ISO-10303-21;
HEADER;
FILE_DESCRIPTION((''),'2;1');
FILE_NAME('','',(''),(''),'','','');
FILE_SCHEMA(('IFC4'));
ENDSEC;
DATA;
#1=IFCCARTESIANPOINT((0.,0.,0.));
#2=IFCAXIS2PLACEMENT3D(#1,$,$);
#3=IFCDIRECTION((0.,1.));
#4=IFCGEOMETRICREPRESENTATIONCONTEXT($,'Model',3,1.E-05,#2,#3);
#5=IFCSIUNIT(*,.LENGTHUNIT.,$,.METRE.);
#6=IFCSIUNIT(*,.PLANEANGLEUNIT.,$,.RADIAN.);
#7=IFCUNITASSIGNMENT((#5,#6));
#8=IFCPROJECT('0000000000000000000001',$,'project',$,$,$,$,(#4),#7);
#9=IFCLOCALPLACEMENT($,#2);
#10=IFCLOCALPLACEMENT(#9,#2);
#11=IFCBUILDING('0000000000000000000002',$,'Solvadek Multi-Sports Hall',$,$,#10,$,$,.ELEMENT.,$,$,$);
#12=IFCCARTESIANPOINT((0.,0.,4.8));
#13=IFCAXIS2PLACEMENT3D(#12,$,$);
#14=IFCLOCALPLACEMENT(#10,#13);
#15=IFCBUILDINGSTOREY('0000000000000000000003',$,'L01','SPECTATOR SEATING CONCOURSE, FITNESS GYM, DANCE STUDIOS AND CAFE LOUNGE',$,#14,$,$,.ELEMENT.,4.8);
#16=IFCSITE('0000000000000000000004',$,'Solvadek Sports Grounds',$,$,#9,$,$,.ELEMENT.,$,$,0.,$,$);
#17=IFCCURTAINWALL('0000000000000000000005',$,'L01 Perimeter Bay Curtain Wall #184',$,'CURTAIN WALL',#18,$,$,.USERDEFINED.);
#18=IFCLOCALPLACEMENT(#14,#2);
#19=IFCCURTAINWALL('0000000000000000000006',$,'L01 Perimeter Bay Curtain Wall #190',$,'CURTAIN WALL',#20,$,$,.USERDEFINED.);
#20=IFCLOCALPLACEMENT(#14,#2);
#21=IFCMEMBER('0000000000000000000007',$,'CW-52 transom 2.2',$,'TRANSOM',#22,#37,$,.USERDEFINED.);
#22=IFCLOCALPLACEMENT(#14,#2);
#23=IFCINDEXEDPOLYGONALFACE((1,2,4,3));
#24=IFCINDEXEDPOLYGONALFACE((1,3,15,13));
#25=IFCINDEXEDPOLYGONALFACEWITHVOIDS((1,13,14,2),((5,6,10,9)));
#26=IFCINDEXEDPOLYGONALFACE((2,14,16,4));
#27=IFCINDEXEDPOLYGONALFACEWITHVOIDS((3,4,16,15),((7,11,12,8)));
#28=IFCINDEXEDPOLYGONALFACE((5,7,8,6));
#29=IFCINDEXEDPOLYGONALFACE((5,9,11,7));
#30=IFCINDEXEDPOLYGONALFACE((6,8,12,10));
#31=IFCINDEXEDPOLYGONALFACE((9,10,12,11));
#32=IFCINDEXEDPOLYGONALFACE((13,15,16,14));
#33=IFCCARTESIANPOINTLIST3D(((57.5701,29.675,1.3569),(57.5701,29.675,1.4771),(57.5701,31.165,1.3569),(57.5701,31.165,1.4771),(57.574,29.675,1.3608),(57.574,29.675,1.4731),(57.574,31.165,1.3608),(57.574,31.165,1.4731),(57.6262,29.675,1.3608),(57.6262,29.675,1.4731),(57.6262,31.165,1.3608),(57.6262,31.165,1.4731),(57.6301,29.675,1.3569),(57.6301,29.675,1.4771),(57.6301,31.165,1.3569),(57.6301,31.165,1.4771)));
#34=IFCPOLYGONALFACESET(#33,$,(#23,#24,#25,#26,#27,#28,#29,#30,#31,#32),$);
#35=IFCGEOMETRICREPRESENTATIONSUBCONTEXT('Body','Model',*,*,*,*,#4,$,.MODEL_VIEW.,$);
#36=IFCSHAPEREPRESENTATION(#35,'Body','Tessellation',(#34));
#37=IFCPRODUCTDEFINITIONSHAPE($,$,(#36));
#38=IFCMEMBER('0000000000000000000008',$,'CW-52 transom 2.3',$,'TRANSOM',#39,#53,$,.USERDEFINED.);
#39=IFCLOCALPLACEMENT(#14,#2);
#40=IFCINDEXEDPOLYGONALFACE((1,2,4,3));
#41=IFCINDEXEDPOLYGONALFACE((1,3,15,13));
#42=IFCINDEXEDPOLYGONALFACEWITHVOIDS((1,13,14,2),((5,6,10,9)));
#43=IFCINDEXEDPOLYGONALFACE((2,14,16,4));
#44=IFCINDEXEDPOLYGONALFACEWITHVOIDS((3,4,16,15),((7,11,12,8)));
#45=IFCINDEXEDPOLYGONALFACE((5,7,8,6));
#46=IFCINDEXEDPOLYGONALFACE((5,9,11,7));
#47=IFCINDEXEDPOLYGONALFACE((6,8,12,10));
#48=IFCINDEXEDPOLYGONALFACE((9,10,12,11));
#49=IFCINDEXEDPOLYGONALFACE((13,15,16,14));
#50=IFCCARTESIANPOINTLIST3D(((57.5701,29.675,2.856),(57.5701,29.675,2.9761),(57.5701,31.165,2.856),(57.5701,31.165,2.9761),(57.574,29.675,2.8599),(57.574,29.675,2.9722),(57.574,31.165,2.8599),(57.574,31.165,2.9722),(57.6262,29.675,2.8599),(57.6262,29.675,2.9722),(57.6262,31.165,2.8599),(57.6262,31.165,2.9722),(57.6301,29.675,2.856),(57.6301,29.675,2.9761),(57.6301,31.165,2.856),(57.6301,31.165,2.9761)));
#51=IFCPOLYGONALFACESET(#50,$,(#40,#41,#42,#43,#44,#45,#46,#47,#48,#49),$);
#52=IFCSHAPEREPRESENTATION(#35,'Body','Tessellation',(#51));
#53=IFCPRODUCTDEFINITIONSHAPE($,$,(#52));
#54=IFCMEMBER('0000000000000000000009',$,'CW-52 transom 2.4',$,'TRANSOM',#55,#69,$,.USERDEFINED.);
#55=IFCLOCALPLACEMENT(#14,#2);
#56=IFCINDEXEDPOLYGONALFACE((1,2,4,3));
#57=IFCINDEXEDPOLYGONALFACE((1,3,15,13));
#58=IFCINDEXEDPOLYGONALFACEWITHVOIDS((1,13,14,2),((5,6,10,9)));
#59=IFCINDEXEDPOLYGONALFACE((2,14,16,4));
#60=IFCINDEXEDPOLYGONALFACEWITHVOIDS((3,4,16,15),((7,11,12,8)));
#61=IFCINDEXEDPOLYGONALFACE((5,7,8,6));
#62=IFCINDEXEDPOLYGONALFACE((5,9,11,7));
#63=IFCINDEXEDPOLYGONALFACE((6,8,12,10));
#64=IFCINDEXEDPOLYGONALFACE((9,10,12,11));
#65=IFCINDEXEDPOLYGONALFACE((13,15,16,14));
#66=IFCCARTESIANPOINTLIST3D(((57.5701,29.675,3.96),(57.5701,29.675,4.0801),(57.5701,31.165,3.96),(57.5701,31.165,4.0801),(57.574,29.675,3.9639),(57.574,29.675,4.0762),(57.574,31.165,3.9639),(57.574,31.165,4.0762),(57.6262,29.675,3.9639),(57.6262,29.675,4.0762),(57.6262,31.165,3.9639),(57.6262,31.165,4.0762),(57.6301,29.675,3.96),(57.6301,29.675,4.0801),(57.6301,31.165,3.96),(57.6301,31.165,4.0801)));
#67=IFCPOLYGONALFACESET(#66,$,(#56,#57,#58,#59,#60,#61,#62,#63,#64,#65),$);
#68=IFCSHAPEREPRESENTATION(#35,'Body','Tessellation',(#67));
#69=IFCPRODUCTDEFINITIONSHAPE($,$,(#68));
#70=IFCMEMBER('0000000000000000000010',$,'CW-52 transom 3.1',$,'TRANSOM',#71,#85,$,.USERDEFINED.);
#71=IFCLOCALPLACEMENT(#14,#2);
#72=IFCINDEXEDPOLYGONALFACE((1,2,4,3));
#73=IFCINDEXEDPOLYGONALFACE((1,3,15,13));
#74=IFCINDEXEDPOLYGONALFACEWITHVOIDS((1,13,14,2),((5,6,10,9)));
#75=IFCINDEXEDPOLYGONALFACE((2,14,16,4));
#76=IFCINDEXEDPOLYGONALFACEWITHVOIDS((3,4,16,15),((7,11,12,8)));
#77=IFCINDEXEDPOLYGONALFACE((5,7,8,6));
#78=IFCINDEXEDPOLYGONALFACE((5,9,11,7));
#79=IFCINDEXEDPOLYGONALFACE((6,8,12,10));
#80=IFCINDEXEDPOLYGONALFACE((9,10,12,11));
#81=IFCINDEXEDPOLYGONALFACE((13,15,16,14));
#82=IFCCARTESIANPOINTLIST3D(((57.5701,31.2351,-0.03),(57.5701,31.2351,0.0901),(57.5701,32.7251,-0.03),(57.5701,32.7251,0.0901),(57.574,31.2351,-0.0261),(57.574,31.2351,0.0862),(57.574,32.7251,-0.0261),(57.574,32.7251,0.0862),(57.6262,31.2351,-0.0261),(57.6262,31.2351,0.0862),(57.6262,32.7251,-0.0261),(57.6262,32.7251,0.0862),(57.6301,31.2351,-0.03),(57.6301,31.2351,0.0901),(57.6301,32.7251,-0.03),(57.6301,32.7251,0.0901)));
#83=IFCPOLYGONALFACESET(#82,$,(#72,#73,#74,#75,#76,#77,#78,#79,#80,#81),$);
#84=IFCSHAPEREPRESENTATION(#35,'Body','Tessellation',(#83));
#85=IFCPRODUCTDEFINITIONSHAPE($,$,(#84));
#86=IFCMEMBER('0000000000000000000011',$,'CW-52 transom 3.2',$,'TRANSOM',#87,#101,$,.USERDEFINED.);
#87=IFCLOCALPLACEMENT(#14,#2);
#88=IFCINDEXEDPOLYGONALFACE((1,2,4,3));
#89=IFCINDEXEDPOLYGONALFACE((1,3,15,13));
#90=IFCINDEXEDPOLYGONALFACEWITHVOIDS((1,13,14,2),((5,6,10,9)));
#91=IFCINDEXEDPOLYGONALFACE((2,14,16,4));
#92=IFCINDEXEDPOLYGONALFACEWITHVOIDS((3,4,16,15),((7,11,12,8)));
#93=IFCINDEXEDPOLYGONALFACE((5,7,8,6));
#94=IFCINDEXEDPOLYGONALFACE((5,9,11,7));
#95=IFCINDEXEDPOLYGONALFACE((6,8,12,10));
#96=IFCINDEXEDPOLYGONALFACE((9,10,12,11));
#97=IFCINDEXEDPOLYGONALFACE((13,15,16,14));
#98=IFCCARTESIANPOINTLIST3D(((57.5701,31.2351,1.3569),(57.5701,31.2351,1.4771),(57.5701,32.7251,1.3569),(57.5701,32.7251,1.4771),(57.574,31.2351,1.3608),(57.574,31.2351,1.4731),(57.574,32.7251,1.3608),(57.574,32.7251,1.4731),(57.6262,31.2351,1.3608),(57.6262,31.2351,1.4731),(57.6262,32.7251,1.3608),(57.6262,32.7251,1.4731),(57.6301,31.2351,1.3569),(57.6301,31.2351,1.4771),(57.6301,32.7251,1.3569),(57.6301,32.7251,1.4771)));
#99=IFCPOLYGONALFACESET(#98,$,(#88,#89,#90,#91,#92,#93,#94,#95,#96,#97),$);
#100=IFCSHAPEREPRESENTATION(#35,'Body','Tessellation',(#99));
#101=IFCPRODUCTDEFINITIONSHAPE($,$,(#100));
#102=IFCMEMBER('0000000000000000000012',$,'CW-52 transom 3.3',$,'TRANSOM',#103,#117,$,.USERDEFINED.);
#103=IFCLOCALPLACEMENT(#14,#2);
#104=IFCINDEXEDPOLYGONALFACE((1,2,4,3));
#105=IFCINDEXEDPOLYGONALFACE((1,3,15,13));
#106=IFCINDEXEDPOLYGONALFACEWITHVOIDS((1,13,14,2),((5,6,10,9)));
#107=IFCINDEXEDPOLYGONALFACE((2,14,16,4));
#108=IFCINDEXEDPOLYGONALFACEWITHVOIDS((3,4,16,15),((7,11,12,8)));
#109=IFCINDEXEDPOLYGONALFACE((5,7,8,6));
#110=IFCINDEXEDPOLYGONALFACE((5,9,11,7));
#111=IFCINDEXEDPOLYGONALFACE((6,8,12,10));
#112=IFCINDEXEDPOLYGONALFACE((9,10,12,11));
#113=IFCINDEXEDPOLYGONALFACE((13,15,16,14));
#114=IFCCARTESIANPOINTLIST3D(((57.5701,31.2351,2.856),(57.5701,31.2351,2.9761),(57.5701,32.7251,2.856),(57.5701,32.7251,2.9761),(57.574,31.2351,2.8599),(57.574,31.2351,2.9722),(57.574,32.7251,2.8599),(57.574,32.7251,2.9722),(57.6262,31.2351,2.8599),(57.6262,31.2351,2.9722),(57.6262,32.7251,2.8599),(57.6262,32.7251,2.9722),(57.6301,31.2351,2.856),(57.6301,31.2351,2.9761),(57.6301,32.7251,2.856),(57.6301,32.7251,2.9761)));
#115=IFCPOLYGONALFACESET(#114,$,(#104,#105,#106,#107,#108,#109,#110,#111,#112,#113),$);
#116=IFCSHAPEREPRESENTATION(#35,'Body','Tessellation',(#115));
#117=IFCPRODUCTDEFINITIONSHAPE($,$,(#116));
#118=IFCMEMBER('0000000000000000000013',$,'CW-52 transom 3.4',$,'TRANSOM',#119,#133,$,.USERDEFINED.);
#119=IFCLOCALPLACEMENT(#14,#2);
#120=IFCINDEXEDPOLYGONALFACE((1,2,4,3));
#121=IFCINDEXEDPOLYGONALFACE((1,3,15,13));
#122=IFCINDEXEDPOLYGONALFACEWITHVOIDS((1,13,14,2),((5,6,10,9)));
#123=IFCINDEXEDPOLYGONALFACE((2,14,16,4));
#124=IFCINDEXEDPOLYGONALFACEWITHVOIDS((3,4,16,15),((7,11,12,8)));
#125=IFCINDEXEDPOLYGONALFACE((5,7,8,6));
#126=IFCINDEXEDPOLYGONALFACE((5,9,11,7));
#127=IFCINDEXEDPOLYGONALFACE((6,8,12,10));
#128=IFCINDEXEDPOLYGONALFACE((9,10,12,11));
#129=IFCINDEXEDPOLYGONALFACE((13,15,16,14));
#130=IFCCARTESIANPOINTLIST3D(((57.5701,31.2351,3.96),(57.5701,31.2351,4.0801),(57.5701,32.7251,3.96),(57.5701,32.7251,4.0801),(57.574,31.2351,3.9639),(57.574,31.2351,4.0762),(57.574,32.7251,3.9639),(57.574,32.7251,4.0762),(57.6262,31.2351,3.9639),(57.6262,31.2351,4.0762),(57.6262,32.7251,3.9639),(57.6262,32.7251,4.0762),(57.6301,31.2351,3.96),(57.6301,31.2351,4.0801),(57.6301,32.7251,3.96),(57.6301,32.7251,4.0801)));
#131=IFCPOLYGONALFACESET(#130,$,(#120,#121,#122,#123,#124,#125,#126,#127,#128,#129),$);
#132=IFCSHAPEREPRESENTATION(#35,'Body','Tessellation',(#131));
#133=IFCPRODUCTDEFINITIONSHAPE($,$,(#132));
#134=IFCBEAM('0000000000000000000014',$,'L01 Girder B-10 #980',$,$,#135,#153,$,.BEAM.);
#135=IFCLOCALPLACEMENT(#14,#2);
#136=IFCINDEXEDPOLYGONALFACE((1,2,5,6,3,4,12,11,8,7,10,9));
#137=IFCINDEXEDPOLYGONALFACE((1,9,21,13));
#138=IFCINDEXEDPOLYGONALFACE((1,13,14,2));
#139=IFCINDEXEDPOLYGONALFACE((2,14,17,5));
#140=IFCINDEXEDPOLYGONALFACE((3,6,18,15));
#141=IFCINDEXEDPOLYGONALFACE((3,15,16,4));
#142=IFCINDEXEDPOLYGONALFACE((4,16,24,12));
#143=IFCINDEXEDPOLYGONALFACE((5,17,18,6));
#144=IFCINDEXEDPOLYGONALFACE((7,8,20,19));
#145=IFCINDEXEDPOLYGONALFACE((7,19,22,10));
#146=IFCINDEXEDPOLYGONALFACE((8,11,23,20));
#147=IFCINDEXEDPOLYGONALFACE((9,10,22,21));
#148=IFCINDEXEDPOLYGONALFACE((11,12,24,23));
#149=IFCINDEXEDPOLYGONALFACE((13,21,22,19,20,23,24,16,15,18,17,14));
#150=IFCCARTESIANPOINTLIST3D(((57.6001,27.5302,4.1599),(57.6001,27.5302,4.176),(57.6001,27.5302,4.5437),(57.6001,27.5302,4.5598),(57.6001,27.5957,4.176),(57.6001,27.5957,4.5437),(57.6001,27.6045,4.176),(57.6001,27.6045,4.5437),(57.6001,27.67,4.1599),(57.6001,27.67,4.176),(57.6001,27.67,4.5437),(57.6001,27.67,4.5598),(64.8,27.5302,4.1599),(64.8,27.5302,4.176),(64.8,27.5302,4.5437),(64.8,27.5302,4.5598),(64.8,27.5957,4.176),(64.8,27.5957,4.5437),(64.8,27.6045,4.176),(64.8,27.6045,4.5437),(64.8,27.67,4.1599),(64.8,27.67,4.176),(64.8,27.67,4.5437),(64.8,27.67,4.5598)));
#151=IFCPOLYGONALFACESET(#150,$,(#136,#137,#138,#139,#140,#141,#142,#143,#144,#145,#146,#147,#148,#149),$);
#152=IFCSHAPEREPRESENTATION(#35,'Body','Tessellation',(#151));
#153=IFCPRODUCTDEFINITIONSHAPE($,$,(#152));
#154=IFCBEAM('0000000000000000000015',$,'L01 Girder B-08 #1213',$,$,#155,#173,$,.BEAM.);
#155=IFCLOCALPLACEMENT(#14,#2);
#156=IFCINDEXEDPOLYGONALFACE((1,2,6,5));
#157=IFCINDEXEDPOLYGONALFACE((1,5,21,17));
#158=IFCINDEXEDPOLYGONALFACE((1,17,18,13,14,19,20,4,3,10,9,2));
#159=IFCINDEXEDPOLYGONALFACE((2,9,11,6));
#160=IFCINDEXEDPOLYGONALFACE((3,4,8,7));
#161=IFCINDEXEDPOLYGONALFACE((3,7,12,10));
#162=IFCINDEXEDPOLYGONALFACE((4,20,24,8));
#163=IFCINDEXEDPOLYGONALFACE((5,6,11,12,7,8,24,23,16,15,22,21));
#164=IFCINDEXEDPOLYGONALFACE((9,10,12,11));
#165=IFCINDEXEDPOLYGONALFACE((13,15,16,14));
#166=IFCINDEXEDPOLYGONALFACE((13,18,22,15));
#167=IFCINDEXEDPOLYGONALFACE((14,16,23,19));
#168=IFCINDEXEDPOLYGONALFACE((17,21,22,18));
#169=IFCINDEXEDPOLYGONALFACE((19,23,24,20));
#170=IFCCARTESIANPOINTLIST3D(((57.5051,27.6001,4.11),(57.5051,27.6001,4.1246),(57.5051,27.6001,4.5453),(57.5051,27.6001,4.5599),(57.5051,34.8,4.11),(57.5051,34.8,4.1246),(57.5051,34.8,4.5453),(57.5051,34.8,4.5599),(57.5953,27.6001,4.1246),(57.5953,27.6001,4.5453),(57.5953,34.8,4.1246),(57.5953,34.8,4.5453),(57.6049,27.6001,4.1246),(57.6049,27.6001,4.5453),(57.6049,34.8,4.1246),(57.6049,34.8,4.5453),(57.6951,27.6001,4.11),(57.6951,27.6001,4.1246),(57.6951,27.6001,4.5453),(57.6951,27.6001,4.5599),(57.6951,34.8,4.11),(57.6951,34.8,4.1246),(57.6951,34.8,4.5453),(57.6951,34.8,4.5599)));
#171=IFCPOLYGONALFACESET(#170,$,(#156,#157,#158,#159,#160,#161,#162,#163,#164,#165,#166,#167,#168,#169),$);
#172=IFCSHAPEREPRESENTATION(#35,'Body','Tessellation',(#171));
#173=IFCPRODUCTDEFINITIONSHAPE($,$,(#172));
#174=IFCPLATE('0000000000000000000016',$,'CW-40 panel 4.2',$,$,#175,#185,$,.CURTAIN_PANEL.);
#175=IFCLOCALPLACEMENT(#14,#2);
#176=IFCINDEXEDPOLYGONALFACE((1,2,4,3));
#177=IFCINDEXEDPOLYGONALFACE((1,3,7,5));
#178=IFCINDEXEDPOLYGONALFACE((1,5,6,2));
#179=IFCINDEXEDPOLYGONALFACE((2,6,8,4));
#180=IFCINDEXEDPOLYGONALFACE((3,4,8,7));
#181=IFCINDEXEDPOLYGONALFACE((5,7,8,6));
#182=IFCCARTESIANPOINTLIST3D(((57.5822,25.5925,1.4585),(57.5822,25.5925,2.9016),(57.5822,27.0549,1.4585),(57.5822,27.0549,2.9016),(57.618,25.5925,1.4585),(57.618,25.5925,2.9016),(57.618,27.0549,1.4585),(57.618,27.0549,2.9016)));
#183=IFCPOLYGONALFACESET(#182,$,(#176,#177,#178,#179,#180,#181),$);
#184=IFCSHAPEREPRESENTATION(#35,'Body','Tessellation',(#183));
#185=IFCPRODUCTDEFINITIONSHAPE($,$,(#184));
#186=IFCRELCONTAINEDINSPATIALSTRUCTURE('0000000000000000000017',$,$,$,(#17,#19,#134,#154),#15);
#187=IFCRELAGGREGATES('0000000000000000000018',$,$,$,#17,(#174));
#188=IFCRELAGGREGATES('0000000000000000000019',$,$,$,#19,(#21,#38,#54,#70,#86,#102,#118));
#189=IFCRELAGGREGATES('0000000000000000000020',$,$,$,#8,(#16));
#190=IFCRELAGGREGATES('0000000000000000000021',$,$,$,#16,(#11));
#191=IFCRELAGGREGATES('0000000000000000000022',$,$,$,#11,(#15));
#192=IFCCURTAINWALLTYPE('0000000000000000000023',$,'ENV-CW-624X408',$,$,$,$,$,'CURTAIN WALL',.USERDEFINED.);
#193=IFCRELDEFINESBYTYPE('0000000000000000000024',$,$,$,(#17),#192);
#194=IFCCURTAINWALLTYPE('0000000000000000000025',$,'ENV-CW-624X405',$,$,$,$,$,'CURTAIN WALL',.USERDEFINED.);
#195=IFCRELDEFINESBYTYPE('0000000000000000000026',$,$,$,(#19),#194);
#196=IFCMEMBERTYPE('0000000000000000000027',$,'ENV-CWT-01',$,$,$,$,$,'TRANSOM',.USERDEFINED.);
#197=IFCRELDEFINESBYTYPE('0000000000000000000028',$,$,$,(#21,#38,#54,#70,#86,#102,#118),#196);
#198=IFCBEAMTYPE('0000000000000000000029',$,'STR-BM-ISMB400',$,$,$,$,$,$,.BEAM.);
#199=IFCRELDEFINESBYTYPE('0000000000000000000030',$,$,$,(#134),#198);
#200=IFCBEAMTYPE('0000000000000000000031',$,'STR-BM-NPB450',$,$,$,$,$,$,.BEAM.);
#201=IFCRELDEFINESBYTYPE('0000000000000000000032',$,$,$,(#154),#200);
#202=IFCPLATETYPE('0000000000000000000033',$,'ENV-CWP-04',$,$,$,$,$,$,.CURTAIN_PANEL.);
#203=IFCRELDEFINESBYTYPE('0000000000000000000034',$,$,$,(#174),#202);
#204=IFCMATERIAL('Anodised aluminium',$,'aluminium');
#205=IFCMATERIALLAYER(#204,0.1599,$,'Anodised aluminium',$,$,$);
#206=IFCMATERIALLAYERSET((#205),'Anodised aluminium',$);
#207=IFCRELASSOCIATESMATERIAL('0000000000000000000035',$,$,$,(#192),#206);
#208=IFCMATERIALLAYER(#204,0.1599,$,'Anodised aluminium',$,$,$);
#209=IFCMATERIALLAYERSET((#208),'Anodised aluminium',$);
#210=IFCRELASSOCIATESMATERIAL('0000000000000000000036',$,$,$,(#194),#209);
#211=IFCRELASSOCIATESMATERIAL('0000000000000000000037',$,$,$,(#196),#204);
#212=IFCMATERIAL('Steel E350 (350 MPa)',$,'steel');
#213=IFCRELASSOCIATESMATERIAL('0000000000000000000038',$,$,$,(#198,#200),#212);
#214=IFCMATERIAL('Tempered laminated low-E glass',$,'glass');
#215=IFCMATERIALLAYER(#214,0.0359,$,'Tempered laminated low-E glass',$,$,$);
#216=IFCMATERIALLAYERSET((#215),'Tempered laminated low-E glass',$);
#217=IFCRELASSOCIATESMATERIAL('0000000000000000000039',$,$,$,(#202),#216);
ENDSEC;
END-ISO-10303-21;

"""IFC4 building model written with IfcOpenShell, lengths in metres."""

from ifc_helpers import new_model, si_unit, direction, frame, origin, origin_2d, place, context, subcontext, project, spatial, rectangle, hollow_rectangle, i_section, extrude, material, layer, layer_set, material_profile, profile_set, type_object, element, aggregate, save


model = new_model("IFC4")

# Units and contexts
model_context = context("Model", 3, precision=1e-05, world=origin(), true_north=direction((0.0, 1.0)))
body_context = subcontext(model_context, "Body", "Model", "MODEL_VIEW")
ifc_project = project(units=[si_unit("LENGTHUNIT", "METRE"), si_unit("PLANEANGLEUNIT", "RADIAN")], contexts=[model_context])

# Site, building, storey
site_placement = place(None, origin())
site = spatial("IfcSite", under=ifc_project, at=site_placement, Name="Solvadek Sports Grounds", CompositionType="ELEMENT", RefElevation=0.0)
building_placement = place(site_placement, origin())
building = spatial("IfcBuilding", under=site, at=building_placement, Name="Solvadek Multi-Sports Hall", CompositionType="ELEMENT")
storey_placement = place(building_placement, frame((0.0, 0.0, 4.8)))
storey = spatial("IfcBuildingStorey", under=building, at=storey_placement, Name="L01", Description="SPECTATOR SEATING CONCOURSE, FITNESS GYM, DANCE STUDIOS AND CAFE LOUNGE", CompositionType="ELEMENT", Elevation=4.8)

# Shared definitions
ifc_material_1 = material(Name="Steel E350 (350 MPa)", Category="steel")

# Curtain wall
ifc_material_2 = material(Name="Anodised aluminium", Category="aluminium")
ifc_layer_1 = layer(ifc_material_2, 0.1599, Name="Anodised aluminium")
ifc_layer_set_1 = layer_set([ifc_layer_1], Name="Anodised aluminium")
curtain_wall_type_1 = type_object("IfcCurtainWallType", Name="ENV-CW-624X408", ElementType="CURTAIN WALL", PredefinedType="USERDEFINED", material=ifc_layer_set_1)
curtain_wall_1_placement = place(storey_placement, origin())
curtain_wall_1 = element("IfcCurtainWall", 1, at=curtain_wall_1_placement, inside=storey, type_object=curtain_wall_type_1, Name="L01 Perimeter Bay Curtain Wall #184", ObjectType="CURTAIN WALL", PredefinedType="USERDEFINED")

# Curtain wall, members
ifc_layer_2 = layer(ifc_material_2, 0.1599, Name="Anodised aluminium")
ifc_layer_set_2 = layer_set([ifc_layer_2], Name="Anodised aluminium")
curtain_wall_type_2 = type_object("IfcCurtainWallType", Name="ENV-CW-624X405", ElementType="CURTAIN WALL", PredefinedType="USERDEFINED", material=ifc_layer_set_2)
curtain_wall_2_placement = place(storey_placement, origin())
curtain_wall_2 = element("IfcCurtainWall", 2, at=curtain_wall_2_placement, inside=storey, type_object=curtain_wall_type_2, Name="L01 Perimeter Bay Curtain Wall #190", ObjectType="CURTAIN WALL", PredefinedType="USERDEFINED")
ifc_material_profile_1 = material_profile(ifc_material_2, hollow_rectangle(XDim=0.0601, YDim=0.1201, WallThickness=0.0039, at=origin_2d()), Name="ALU-T 120x60x4")
ifc_profile_set_1 = profile_set([ifc_material_profile_1], Name="Anodised aluminium")
member_type_1 = type_object("IfcMemberType", Name="ENV-CWT-01", ElementType="TRANSOM", PredefinedType="USERDEFINED", material=ifc_profile_set_1)
member_1_placement = place(storey_placement, frame((57.6001, 29.675, 1.417), z_axis=(0.0, 1.0, 0.0), x_axis=(-1.0, 0.0, 0.0)))
member_1 = element("IfcMember", 3, at=member_1_placement, type_object=member_type_1, Name="CW-52 transom 2.2", ObjectType="TRANSOM", PredefinedType="USERDEFINED", context=body_context, shape_type="SweptSolid", body=[
    extrude(hollow_rectangle(XDim=0.0601, YDim=0.1201, WallThickness=0.0039, at=origin_2d()), origin(), (0.0, 0.0, 1.0), 1.49),
])
member_2_placement = place(storey_placement, frame((57.6001, 29.675, 2.916), z_axis=(0.0, 1.0, 0.0), x_axis=(-1.0, 0.0, 0.0)))
member_2 = element("IfcMember", 4, at=member_2_placement, type_object=member_type_1, Name="CW-52 transom 2.3", ObjectType="TRANSOM", PredefinedType="USERDEFINED", context=body_context, shape_type="SweptSolid", body=[
    extrude(hollow_rectangle(XDim=0.0601, YDim=0.1201, WallThickness=0.0039, at=origin_2d()), origin(), (0.0, 0.0, 1.0), 1.49),
])
member_3_placement = place(storey_placement, frame((57.6001, 29.675, 4.02), z_axis=(0.0, 1.0, 0.0), x_axis=(-1.0, 0.0, 0.0)))
member_3 = element("IfcMember", 5, at=member_3_placement, type_object=member_type_1, Name="CW-52 transom 2.4", ObjectType="TRANSOM", PredefinedType="USERDEFINED", context=body_context, shape_type="SweptSolid", body=[
    extrude(hollow_rectangle(XDim=0.0601, YDim=0.1201, WallThickness=0.0039, at=origin_2d()), origin(), (0.0, 0.0, 1.0), 1.49),
])
member_4_placement = place(storey_placement, frame((57.6001, 31.2351, 0.03), z_axis=(0.0, 1.0, 0.0), x_axis=(-1.0, 0.0, 0.0)))
member_4 = element("IfcMember", 6, at=member_4_placement, type_object=member_type_1, Name="CW-52 transom 3.1", ObjectType="TRANSOM", PredefinedType="USERDEFINED", context=body_context, shape_type="SweptSolid", body=[
    extrude(hollow_rectangle(XDim=0.0601, YDim=0.1201, WallThickness=0.0039, at=origin_2d()), origin(), (0.0, 0.0, 1.0), 1.49),
])
member_5_placement = place(storey_placement, frame((57.6001, 31.2351, 1.417), z_axis=(0.0, 1.0, 0.0), x_axis=(-1.0, 0.0, 0.0)))
member_5 = element("IfcMember", 7, at=member_5_placement, type_object=member_type_1, Name="CW-52 transom 3.2", ObjectType="TRANSOM", PredefinedType="USERDEFINED", context=body_context, shape_type="SweptSolid", body=[
    extrude(hollow_rectangle(XDim=0.0601, YDim=0.1201, WallThickness=0.0039, at=origin_2d()), origin(), (0.0, 0.0, 1.0), 1.49),
])
member_6_placement = place(storey_placement, frame((57.6001, 31.2351, 2.916), z_axis=(0.0, 1.0, 0.0), x_axis=(-1.0, 0.0, 0.0)))
member_6 = element("IfcMember", 8, at=member_6_placement, type_object=member_type_1, Name="CW-52 transom 3.3", ObjectType="TRANSOM", PredefinedType="USERDEFINED", context=body_context, shape_type="SweptSolid", body=[
    extrude(hollow_rectangle(XDim=0.0601, YDim=0.1201, WallThickness=0.0039, at=origin_2d()), origin(), (0.0, 0.0, 1.0), 1.49),
])
member_7_placement = place(storey_placement, frame((57.6001, 31.2351, 4.02), z_axis=(0.0, 1.0, 0.0), x_axis=(-1.0, 0.0, 0.0)))
member_7 = element("IfcMember", 9, at=member_7_placement, type_object=member_type_1, Name="CW-52 transom 3.4", ObjectType="TRANSOM", PredefinedType="USERDEFINED", context=body_context, shape_type="SweptSolid", body=[
    extrude(hollow_rectangle(XDim=0.0601, YDim=0.1201, WallThickness=0.0039, at=origin_2d()), origin(), (0.0, 0.0, 1.0), 1.49),
])

# Beams
ifc_material_profile_2 = material_profile(ifc_material_1, i_section(OverallWidth=0.1399, OverallDepth=0.3999, WebThickness=0.0088, FlangeThickness=0.0161, at=origin_2d()), Name="ISMB 400")
ifc_profile_set_2 = profile_set([ifc_material_profile_2], Name="Steel E350 (350 MPa)")
beam_type_1 = type_object("IfcBeamType", Name="STR-BM-ISMB400", PredefinedType="BEAM", material=ifc_profile_set_2)
beam_1_placement = place(storey_placement, frame((57.6001, 27.6001, 4.3599), z_axis=(1.0, 0.0, 0.0), x_axis=(0.0, 1.0, 0.0)))
element("IfcBeam", 10, at=beam_1_placement, inside=storey, type_object=beam_type_1, Name="L01 Girder B-10 #980", PredefinedType="BEAM", context=body_context, shape_type="SweptSolid", body=[
    extrude(i_section(OverallWidth=0.1399, OverallDepth=0.3999, WebThickness=0.0088, FlangeThickness=0.0161, at=origin_2d()), origin(), (0.0, 0.0, 1.0), 7.2),
])
ifc_material_profile_3 = material_profile(ifc_material_1, i_section(OverallWidth=0.1899, OverallDepth=0.45, WebThickness=0.0095, FlangeThickness=0.0146, at=origin_2d()), Name="NPB 450")
ifc_profile_set_3 = profile_set([ifc_material_profile_3], Name="Steel E350 (350 MPa)")
beam_type_2 = type_object("IfcBeamType", Name="STR-BM-NPB450", PredefinedType="BEAM", material=ifc_profile_set_3)
beam_2_placement = place(storey_placement, frame((57.6001, 27.6001, 4.335), z_axis=(0.0, 1.0, 0.0), x_axis=(-1.0, 0.0, 0.0)))
element("IfcBeam", 11, at=beam_2_placement, inside=storey, type_object=beam_type_2, Name="L01 Girder B-08 #1213", PredefinedType="BEAM", context=body_context, shape_type="SweptSolid", body=[
    extrude(i_section(OverallWidth=0.1899, OverallDepth=0.45, WebThickness=0.0095, FlangeThickness=0.0146, at=origin_2d()), origin(), (0.0, 0.0, 1.0), 7.2),
])

# Plate
ifc_material_3 = material(Name="Tempered laminated low-E glass", Category="glass")
ifc_layer_3 = layer(ifc_material_3, 0.0359, Name="Tempered laminated low-E glass")
ifc_layer_set_3 = layer_set([ifc_layer_3], Name="Tempered laminated low-E glass")
plate_type_1 = type_object("IfcPlateType", Name="ENV-CWP-04", PredefinedType="CURTAIN_PANEL", material=ifc_layer_set_3)
plate_1_placement = place(storey_placement, frame((57.6001, 26.3237, 1.4585), z_axis=(0.0, 0.0, 1.0), x_axis=(0.0, 1.0, 0.0)))
plate_1 = element("IfcPlate", 12, at=plate_1_placement, type_object=plate_type_1, Name="CW-40 panel 4.2", PredefinedType="CURTAIN_PANEL", context=body_context, shape_type="SweptSolid", body=[
    extrude(rectangle(XDim=1.4624, YDim=0.0359, at=origin_2d()), origin(), (0.0, 0.0, 1.0), 1.4431),
])
aggregate(curtain_wall_1, [plate_1])
aggregate(curtain_wall_2, [member_1, member_2, member_3, member_4, member_5, member_6, member_7])

save(model, "model.ifc")
